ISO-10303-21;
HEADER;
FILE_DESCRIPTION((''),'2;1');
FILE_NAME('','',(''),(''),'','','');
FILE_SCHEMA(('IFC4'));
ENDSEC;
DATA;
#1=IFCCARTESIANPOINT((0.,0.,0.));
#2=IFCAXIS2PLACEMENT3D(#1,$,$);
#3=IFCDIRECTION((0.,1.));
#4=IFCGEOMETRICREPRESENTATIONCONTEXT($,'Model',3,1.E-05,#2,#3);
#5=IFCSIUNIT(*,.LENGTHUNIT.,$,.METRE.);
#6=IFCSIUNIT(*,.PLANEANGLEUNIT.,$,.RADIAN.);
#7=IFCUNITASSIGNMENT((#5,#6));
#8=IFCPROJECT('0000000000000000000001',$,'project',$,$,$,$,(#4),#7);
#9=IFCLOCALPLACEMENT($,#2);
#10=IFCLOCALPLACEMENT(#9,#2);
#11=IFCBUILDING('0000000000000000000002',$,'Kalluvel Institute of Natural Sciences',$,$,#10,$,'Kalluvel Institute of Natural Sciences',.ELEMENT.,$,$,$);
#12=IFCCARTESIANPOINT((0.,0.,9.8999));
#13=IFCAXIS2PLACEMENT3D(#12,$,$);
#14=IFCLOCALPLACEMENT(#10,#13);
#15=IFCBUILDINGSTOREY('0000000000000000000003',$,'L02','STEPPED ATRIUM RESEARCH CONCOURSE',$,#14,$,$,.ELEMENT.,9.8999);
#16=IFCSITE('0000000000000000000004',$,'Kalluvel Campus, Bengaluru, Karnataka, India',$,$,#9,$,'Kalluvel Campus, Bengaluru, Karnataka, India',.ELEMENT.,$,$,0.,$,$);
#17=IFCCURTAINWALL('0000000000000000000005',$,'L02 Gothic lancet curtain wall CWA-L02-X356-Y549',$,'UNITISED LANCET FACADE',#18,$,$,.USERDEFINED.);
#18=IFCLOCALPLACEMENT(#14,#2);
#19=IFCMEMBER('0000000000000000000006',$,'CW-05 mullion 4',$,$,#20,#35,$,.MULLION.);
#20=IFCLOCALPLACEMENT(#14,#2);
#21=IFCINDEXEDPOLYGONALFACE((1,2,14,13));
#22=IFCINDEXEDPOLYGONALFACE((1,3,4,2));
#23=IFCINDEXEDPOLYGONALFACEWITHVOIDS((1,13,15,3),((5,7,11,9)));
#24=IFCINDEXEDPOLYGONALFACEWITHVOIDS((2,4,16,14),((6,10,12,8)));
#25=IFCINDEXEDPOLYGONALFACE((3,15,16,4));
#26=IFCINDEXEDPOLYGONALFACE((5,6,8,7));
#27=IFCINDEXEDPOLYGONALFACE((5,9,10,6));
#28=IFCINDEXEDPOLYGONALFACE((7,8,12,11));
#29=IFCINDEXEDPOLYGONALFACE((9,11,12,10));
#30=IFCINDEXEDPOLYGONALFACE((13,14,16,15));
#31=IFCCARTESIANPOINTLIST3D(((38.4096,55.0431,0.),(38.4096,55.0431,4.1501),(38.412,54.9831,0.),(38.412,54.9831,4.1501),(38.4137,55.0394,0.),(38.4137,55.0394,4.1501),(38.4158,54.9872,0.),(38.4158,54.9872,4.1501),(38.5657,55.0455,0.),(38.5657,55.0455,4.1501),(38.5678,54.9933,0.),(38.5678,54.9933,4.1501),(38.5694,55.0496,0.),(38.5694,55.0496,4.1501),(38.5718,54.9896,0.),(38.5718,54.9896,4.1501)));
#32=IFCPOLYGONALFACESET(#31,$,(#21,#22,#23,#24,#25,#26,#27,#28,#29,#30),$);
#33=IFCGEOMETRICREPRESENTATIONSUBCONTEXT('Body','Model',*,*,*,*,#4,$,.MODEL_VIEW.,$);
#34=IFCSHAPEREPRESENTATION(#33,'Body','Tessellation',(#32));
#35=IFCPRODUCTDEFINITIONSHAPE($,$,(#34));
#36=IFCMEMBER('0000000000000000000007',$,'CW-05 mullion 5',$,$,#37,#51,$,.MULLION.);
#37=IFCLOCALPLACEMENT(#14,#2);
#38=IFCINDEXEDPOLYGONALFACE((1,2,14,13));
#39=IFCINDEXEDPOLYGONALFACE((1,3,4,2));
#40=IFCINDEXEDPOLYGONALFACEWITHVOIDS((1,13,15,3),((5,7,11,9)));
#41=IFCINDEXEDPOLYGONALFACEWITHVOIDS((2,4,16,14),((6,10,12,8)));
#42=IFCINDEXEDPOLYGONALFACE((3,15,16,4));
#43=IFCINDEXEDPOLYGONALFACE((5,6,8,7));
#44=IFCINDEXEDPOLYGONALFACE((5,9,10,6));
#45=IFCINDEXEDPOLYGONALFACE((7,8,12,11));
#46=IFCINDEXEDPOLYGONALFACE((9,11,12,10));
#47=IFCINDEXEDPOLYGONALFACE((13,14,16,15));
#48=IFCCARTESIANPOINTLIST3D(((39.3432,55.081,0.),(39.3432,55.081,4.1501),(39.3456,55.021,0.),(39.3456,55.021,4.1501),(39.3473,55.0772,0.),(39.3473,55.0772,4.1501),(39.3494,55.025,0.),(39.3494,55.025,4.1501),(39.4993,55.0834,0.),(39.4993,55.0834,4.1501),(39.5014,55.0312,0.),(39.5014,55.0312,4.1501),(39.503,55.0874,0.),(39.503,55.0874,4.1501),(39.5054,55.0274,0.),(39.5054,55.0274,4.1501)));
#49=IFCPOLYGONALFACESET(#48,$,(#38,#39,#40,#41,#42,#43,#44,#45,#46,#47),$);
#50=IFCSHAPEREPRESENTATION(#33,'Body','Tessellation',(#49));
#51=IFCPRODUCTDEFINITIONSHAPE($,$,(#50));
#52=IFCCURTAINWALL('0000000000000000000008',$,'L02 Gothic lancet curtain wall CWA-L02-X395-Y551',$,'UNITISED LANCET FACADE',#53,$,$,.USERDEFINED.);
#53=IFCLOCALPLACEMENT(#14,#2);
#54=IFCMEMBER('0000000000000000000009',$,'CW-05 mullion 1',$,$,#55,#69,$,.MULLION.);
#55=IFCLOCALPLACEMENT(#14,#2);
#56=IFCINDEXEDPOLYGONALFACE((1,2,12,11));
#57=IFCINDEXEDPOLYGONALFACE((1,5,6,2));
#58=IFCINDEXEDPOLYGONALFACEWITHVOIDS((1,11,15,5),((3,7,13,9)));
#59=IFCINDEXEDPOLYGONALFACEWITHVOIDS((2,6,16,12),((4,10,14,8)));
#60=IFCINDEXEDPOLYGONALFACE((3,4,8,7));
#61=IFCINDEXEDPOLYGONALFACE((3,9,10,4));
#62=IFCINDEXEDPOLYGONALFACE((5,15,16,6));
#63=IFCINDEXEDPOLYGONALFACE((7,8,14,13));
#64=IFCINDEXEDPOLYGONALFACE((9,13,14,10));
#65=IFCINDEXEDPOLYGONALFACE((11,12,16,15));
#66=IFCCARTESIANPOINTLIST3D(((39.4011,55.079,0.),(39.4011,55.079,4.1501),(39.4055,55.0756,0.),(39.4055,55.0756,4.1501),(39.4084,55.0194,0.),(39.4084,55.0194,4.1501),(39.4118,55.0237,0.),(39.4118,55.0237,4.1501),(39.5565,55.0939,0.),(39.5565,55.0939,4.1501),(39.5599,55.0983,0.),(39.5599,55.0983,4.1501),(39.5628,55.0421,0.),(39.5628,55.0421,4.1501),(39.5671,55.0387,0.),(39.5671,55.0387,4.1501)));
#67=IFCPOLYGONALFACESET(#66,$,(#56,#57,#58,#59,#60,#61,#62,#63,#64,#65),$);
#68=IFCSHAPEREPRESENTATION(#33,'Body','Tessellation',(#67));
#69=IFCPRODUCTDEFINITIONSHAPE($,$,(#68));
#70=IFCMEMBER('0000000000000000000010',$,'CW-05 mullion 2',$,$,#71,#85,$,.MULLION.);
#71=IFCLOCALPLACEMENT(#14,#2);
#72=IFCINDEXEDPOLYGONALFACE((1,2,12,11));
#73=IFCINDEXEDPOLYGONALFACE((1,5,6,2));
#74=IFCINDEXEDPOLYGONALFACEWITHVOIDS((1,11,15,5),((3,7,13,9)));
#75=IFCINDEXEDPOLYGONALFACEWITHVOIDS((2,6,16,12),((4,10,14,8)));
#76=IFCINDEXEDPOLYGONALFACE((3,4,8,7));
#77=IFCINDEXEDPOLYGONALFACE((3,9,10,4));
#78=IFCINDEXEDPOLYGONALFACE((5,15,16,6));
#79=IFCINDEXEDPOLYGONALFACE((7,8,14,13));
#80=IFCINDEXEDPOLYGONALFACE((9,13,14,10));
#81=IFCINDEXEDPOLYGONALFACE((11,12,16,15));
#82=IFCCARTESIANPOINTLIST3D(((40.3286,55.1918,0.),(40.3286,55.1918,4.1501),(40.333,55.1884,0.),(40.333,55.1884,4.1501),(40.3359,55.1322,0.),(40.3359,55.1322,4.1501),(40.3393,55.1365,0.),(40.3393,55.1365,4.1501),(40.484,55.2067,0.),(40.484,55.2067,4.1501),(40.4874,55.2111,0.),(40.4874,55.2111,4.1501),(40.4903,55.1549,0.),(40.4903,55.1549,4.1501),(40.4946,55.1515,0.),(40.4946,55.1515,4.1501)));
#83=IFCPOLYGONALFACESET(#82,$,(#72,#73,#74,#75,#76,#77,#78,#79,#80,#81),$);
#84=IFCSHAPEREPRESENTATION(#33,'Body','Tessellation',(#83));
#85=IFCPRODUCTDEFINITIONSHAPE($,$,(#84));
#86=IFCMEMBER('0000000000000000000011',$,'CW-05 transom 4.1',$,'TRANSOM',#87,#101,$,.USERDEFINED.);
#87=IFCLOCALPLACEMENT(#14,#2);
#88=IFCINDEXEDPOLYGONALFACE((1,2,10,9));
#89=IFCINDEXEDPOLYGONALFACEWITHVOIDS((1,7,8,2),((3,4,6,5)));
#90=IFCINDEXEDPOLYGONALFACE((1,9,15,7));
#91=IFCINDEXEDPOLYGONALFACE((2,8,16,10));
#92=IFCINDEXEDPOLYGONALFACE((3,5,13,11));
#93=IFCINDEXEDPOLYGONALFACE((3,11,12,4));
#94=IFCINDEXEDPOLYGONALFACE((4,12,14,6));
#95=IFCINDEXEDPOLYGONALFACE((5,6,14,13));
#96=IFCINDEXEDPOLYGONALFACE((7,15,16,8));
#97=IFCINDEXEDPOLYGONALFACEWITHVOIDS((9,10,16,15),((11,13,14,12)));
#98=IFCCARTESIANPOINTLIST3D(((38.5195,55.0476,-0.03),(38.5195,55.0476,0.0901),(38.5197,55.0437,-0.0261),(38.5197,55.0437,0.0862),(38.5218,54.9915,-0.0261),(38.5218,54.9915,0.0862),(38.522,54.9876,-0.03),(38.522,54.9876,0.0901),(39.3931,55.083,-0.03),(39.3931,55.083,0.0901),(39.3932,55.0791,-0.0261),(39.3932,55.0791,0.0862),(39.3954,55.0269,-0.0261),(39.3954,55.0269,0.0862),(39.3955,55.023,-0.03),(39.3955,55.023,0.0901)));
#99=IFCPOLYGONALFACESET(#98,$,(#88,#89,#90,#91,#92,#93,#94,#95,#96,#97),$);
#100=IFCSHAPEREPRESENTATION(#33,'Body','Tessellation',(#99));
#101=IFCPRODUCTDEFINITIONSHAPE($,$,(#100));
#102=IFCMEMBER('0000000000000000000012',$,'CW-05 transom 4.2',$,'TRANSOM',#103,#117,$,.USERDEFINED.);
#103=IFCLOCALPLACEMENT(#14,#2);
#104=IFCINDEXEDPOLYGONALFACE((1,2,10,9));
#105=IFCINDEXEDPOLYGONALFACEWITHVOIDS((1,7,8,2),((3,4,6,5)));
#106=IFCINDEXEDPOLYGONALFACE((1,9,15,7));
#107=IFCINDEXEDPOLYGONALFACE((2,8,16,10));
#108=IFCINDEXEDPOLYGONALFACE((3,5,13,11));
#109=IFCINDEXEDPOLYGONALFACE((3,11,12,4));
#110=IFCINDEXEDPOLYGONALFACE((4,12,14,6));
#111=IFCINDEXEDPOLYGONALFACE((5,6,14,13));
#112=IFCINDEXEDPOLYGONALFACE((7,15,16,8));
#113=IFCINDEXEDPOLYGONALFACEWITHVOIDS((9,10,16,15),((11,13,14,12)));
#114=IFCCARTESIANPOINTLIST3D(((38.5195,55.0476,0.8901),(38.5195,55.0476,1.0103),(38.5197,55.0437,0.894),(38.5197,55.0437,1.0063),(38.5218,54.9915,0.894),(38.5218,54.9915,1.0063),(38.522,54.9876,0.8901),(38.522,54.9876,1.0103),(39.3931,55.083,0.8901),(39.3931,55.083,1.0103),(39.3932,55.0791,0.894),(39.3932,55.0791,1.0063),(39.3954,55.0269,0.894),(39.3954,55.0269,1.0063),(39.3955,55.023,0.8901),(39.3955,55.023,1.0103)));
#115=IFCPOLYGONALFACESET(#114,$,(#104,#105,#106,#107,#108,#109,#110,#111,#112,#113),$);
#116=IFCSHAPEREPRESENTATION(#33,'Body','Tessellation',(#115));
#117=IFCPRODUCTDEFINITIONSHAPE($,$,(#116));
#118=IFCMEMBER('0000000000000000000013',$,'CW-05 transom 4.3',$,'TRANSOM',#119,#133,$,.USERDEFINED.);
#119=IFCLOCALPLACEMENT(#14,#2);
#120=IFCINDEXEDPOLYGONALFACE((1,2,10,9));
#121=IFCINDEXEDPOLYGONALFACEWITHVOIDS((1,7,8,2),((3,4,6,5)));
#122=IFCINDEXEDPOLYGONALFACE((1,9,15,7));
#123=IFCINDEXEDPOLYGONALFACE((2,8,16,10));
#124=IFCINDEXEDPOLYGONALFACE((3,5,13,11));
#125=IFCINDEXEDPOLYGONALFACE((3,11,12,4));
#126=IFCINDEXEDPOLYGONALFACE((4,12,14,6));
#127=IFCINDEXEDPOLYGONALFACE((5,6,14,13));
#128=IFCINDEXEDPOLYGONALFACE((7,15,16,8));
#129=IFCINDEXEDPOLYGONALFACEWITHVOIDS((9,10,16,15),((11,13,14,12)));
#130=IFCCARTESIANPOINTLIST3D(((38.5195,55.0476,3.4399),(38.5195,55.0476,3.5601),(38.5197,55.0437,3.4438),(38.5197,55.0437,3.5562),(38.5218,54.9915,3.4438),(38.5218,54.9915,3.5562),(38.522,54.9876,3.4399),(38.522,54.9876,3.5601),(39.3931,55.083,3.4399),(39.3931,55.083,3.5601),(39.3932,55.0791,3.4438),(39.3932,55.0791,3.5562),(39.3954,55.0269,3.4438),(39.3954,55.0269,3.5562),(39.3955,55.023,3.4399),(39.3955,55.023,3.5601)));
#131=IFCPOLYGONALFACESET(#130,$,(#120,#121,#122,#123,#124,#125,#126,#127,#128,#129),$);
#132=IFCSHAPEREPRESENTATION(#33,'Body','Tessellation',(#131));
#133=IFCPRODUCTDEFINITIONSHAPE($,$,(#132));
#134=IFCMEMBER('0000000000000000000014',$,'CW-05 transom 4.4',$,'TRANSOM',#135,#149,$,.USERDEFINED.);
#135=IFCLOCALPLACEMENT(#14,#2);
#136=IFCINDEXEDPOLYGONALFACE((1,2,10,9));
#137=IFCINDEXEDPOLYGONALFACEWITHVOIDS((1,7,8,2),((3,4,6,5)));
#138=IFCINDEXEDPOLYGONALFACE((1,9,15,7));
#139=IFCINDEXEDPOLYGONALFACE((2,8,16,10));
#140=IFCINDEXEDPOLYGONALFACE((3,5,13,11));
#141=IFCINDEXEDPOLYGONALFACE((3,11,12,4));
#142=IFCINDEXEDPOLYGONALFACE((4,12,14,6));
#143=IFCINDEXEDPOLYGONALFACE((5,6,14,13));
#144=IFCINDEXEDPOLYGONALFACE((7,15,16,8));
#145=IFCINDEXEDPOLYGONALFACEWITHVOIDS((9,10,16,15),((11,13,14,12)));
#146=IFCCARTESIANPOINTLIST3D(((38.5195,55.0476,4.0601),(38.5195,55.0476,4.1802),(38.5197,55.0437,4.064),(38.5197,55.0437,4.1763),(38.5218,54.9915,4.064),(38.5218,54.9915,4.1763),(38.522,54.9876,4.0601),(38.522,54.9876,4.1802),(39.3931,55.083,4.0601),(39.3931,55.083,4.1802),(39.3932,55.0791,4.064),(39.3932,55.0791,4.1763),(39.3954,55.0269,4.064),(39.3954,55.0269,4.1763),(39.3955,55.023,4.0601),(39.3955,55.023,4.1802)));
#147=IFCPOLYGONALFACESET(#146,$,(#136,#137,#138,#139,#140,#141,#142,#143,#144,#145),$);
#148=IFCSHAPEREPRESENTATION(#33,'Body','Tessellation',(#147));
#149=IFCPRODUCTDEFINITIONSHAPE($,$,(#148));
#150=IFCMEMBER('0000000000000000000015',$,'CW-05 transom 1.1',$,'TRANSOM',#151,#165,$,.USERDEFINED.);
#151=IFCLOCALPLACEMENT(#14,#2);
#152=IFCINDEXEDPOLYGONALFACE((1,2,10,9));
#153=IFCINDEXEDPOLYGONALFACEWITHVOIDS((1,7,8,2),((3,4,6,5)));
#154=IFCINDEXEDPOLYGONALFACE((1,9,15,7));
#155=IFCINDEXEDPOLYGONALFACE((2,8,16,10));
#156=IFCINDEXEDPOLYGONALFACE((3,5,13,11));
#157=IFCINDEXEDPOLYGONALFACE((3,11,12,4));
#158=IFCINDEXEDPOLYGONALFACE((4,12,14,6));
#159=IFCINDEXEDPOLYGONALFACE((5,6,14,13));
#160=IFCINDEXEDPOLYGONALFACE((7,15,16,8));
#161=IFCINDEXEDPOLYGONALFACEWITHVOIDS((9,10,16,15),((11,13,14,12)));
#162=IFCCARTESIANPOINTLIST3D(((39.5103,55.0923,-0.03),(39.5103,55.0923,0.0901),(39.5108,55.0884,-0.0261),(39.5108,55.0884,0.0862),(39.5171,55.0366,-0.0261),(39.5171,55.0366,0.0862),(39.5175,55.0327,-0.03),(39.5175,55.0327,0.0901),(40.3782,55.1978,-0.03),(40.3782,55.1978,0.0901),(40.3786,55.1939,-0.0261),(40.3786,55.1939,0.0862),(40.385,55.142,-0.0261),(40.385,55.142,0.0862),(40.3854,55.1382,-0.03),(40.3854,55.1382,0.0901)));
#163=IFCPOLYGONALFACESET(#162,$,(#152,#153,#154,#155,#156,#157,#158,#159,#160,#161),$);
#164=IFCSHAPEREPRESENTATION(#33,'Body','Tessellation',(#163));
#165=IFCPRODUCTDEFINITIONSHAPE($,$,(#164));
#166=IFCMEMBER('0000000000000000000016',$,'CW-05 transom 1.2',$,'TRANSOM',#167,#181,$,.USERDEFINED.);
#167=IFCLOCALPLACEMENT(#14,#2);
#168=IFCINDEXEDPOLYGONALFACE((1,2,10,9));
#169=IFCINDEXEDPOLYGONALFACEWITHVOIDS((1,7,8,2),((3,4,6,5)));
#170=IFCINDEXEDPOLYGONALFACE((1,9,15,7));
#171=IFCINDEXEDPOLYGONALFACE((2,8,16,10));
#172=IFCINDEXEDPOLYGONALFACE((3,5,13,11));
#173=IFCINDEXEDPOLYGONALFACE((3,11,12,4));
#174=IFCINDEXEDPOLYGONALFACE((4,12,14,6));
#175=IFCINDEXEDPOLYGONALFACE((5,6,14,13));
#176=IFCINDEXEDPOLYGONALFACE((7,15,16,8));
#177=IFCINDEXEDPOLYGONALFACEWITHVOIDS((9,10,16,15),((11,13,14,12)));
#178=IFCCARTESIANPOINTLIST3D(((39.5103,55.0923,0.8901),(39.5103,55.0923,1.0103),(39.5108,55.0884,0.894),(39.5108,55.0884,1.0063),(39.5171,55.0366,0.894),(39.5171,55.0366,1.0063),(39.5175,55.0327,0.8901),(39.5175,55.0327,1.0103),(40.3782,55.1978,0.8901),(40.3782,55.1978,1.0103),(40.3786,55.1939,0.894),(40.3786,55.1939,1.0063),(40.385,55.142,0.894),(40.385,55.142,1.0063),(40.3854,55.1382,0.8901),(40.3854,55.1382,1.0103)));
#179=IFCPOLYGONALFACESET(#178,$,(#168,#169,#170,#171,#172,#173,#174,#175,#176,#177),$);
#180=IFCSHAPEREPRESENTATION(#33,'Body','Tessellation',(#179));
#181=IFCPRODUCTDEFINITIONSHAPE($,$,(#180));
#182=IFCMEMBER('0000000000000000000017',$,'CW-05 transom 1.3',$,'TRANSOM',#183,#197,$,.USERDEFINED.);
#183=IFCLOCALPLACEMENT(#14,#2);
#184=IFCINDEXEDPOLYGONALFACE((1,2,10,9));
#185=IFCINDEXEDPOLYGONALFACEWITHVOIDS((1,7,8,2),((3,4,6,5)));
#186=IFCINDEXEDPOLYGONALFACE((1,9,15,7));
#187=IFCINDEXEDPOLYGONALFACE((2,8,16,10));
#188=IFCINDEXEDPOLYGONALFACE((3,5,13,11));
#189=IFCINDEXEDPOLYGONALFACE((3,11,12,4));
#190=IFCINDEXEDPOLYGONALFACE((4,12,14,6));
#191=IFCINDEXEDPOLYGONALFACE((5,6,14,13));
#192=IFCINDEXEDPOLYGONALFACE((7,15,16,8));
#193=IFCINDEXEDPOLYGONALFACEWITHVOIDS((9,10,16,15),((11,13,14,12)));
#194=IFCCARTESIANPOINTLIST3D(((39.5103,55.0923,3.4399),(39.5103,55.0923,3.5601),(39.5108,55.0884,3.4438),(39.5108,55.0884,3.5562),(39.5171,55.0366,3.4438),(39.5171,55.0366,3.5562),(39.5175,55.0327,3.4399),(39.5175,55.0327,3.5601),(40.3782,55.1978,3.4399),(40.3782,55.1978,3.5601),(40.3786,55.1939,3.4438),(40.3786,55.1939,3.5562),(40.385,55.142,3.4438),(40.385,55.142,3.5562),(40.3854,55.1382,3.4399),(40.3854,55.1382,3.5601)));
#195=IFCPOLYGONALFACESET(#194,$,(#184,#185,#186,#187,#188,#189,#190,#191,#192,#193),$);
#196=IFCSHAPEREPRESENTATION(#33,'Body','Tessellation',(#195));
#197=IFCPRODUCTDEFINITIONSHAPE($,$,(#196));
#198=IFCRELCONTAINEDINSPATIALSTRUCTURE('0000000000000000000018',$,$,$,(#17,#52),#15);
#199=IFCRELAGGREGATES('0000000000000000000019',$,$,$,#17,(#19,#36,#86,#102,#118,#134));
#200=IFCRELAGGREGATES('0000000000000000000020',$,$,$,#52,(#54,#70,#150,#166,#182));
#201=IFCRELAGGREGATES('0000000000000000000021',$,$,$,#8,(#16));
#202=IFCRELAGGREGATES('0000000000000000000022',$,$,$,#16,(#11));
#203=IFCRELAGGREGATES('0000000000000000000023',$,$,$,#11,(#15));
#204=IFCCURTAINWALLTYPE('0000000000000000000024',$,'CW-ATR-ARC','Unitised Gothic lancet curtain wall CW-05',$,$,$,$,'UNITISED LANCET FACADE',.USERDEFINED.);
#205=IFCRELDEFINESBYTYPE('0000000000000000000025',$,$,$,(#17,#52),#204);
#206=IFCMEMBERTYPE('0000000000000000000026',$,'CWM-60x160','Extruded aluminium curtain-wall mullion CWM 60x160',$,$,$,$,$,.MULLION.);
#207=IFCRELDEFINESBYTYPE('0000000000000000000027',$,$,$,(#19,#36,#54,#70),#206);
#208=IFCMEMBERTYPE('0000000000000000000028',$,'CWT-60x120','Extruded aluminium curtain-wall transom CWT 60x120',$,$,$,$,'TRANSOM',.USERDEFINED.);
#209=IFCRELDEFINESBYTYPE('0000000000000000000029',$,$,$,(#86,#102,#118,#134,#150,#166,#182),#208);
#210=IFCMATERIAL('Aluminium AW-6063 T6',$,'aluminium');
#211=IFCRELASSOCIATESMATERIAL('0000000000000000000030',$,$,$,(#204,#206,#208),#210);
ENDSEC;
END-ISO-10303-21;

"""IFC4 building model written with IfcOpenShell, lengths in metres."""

from ifc_helpers import new_model, si_unit, direction, frame, origin, origin_2d, place, context, subcontext, project, spatial, hollow_rectangle, extrude, material, material_profile, profile_set, type_object, element, aggregate, save


model = new_model("IFC4")

# Units and contexts
model_context = context("Model", 3, precision=1e-05, world=origin(), true_north=direction((0.0, 1.0)))
body_context = subcontext(model_context, "Body", "Model", "MODEL_VIEW")
ifc_project = project(units=[si_unit("LENGTHUNIT", "METRE"), si_unit("PLANEANGLEUNIT", "RADIAN")], contexts=[model_context])

# Site, building, storey
site_placement = place(None, origin())
site = spatial("IfcSite", under=ifc_project, at=site_placement, Name="Kalluvel Campus, Bengaluru, Karnataka, India", LongName="Kalluvel Campus, Bengaluru, Karnataka, India", CompositionType="ELEMENT", RefElevation=0.0)
building_placement = place(site_placement, origin())
building = spatial("IfcBuilding", under=site, at=building_placement, Name="Kalluvel Institute of Natural Sciences", LongName="Kalluvel Institute of Natural Sciences", CompositionType="ELEMENT")
storey_placement = place(building_placement, frame((0.0, 0.0, 9.8999)))
storey = spatial("IfcBuildingStorey", under=building, at=storey_placement, Name="L02", Description="STEPPED ATRIUM RESEARCH CONCOURSE", CompositionType="ELEMENT", Elevation=9.8999)

# Curtain walls, members
ifc_material_1 = material(Name="Aluminium AW-6063 T6", Category="aluminium")
curtain_wall_type = type_object("IfcCurtainWallType", Name="CW-ATR-ARC", Description="Unitised Gothic lancet curtain wall CW-05", ElementType="UNITISED LANCET FACADE", PredefinedType="USERDEFINED", material=ifc_material_1)
curtain_wall_1_placement = place(storey_placement, origin())
curtain_wall_1 = element("IfcCurtainWall", 1, at=curtain_wall_1_placement, inside=storey, type_object=curtain_wall_type, Name="L02 Gothic lancet curtain wall CWA-L02-X356-Y549", ObjectType="UNITISED LANCET FACADE", PredefinedType="USERDEFINED")
ifc_material_profile_1 = material_profile(ifc_material_1, hollow_rectangle(XDim=0.0601, YDim=0.1599, WallThickness=0.0039, at=origin_2d()), Name="CWM 60x160")
ifc_profile_set_1 = profile_set([ifc_material_profile_1], Name="Aluminium AW-6063 T6")
member_type_1 = type_object("IfcMemberType", Name="CWM-60x160", Description="Extruded aluminium curtain-wall mullion CWM 60x160", PredefinedType="MULLION", material=ifc_profile_set_1)
member_1_placement = place(storey_placement, frame((38.4907, 55.0164, 0.0), z_axis=(0.0, 0.0, 1.0), x_axis=(-0.04026, 0.999189, 0.0)))
member_1 = element("IfcMember", 2, at=member_1_placement, type_object=member_type_1, Name="CW-05 mullion 4", PredefinedType="MULLION", context=body_context, shape_type="SweptSolid", body=[
    extrude(hollow_rectangle(XDim=0.0601, YDim=0.1599, WallThickness=0.0039, at=origin_2d()), origin(), (0.0, 0.0, 1.0), 4.1501),
])
member_2_placement = place(storey_placement, frame((39.4243, 55.0542, 0.0), z_axis=(0.0, 0.0, 1.0), x_axis=(-0.04026, 0.999189, 0.0)))
member_2 = element("IfcMember", 3, at=member_2_placement, type_object=member_type_1, Name="CW-05 mullion 5", PredefinedType="MULLION", context=body_context, shape_type="SweptSolid", body=[
    extrude(hollow_rectangle(XDim=0.0601, YDim=0.1599, WallThickness=0.0039, at=origin_2d()), origin(), (0.0, 0.0, 1.0), 4.1501),
])
curtain_wall_2_placement = place(storey_placement, origin())
curtain_wall_2 = element("IfcCurtainWall", 4, at=curtain_wall_2_placement, inside=storey, type_object=curtain_wall_type, Name="L02 Gothic lancet curtain wall CWA-L02-X395-Y551", ObjectType="UNITISED LANCET FACADE", PredefinedType="USERDEFINED")
member_3_placement = place(storey_placement, frame((39.4841, 55.0588, 0.0), z_axis=(0.0, 0.0, 1.0), x_axis=(-0.120543, 0.992708, 0.0)))
member_3 = element("IfcMember", 5, at=member_3_placement, type_object=member_type_1, Name="CW-05 mullion 1", PredefinedType="MULLION", context=body_context, shape_type="SweptSolid", body=[
    extrude(hollow_rectangle(XDim=0.0601, YDim=0.1599, WallThickness=0.0039, at=origin_2d()), origin(), (0.0, 0.0, 1.0), 4.1501),
])
member_4_placement = place(storey_placement, frame((40.4116, 55.1716, 0.0), z_axis=(0.0, 0.0, 1.0), x_axis=(-0.120543, 0.992708, 0.0)))
member_4 = element("IfcMember", 6, at=member_4_placement, type_object=member_type_1, Name="CW-05 mullion 2", PredefinedType="MULLION", context=body_context, shape_type="SweptSolid", body=[
    extrude(hollow_rectangle(XDim=0.0601, YDim=0.1599, WallThickness=0.0039, at=origin_2d()), origin(), (0.0, 0.0, 1.0), 4.1501),
])

# Members
ifc_material_profile_2 = material_profile(ifc_material_1, hollow_rectangle(XDim=0.0601, YDim=0.1201, WallThickness=0.0039, at=origin_2d()), Name="CWT 60x120")
ifc_profile_set_2 = profile_set([ifc_material_profile_2], Name="Aluminium AW-6063 T6")
member_type_2 = type_object("IfcMemberType", Name="CWT-60x120", Description="Extruded aluminium curtain-wall transom CWT 60x120", ElementType="TRANSOM", PredefinedType="USERDEFINED", material=ifc_profile_set_2)
member_5_placement = place(storey_placement, frame((38.5208, 55.0176, 0.03), z_axis=(0.99918, 0.040492, 0.0), x_axis=(-0.040492, 0.99918, 0.0)))
member_5 = element("IfcMember", 7, at=member_5_placement, type_object=member_type_2, Name="CW-05 transom 4.1", ObjectType="TRANSOM", PredefinedType="USERDEFINED", context=body_context, shape_type="SweptSolid", body=[
    extrude(hollow_rectangle(XDim=0.0601, YDim=0.1201, WallThickness=0.0039, at=origin_2d()), origin(), (0.0, 0.0, 1.0), 0.8743),
])
member_6_placement = place(storey_placement, frame((38.5208, 55.0176, 0.9502), z_axis=(0.99918, 0.040492, 0.0), x_axis=(-0.040492, 0.99918, 0.0)))
member_6 = element("IfcMember", 8, at=member_6_placement, type_object=member_type_2, Name="CW-05 transom 4.2", ObjectType="TRANSOM", PredefinedType="USERDEFINED", context=body_context, shape_type="SweptSolid", body=[
    extrude(hollow_rectangle(XDim=0.0601, YDim=0.1201, WallThickness=0.0039, at=origin_2d()), origin(), (0.0, 0.0, 1.0), 0.8743),
])
member_7_placement = place(storey_placement, frame((38.5208, 55.0176, 3.5), z_axis=(0.99918, 0.040492, 0.0), x_axis=(-0.040492, 0.99918, 0.0)))
member_7 = element("IfcMember", 9, at=member_7_placement, type_object=member_type_2, Name="CW-05 transom 4.3", ObjectType="TRANSOM", PredefinedType="USERDEFINED", context=body_context, shape_type="SweptSolid", body=[
    extrude(hollow_rectangle(XDim=0.0601, YDim=0.1201, WallThickness=0.0039, at=origin_2d()), origin(), (0.0, 0.0, 1.0), 0.8743),
])
member_8_placement = place(storey_placement, frame((38.5208, 55.0176, 4.1201), z_axis=(0.99918, 0.040492, 0.0), x_axis=(-0.040492, 0.99918, 0.0)))
member_8 = element("IfcMember", 10, at=member_8_placement, type_object=member_type_2, Name="CW-05 transom 4.4", ObjectType="TRANSOM", PredefinedType="USERDEFINED", context=body_context, shape_type="SweptSolid", body=[
    extrude(hollow_rectangle(XDim=0.0601, YDim=0.1201, WallThickness=0.0039, at=origin_2d()), origin(), (0.0, 0.0, 1.0), 0.8743),
])
member_9_placement = place(storey_placement, frame((39.5139, 55.0625, 0.03), z_axis=(0.992697, 0.120632, 0.0), x_axis=(-0.120632, 0.992697, 0.0)))
member_9 = element("IfcMember", 11, at=member_9_placement, type_object=member_type_2, Name="CW-05 transom 1.1", ObjectType="TRANSOM", PredefinedType="USERDEFINED", context=body_context, shape_type="SweptSolid", body=[
    extrude(hollow_rectangle(XDim=0.0601, YDim=0.1201, WallThickness=0.0039, at=origin_2d()), origin(), (0.0, 0.0, 1.0), 0.8743),
])
member_10_placement = place(storey_placement, frame((39.5139, 55.0625, 0.9502), z_axis=(0.992697, 0.120632, 0.0), x_axis=(-0.120632, 0.992697, 0.0)))
member_10 = element("IfcMember", 12, at=member_10_placement, type_object=member_type_2, Name="CW-05 transom 1.2", ObjectType="TRANSOM", PredefinedType="USERDEFINED", context=body_context, shape_type="SweptSolid", body=[
    extrude(hollow_rectangle(XDim=0.0601, YDim=0.1201, WallThickness=0.0039, at=origin_2d()), origin(), (0.0, 0.0, 1.0), 0.8743),
])
member_11_placement = place(storey_placement, frame((39.5139, 55.0625, 3.5), z_axis=(0.992697, 0.120632, 0.0), x_axis=(-0.120632, 0.992697, 0.0)))
member_11 = element("IfcMember", 13, at=member_11_placement, type_object=member_type_2, Name="CW-05 transom 1.3", ObjectType="TRANSOM", PredefinedType="USERDEFINED", context=body_context, shape_type="SweptSolid", body=[
    extrude(hollow_rectangle(XDim=0.0601, YDim=0.1201, WallThickness=0.0039, at=origin_2d()), origin(), (0.0, 0.0, 1.0), 0.8743),
])

aggregate(curtain_wall_1, [member_1, member_2, member_5, member_6, member_7, member_8])
aggregate(curtain_wall_2, [member_3, member_4, member_9, member_10, member_11])

save(model, "model.ifc")
